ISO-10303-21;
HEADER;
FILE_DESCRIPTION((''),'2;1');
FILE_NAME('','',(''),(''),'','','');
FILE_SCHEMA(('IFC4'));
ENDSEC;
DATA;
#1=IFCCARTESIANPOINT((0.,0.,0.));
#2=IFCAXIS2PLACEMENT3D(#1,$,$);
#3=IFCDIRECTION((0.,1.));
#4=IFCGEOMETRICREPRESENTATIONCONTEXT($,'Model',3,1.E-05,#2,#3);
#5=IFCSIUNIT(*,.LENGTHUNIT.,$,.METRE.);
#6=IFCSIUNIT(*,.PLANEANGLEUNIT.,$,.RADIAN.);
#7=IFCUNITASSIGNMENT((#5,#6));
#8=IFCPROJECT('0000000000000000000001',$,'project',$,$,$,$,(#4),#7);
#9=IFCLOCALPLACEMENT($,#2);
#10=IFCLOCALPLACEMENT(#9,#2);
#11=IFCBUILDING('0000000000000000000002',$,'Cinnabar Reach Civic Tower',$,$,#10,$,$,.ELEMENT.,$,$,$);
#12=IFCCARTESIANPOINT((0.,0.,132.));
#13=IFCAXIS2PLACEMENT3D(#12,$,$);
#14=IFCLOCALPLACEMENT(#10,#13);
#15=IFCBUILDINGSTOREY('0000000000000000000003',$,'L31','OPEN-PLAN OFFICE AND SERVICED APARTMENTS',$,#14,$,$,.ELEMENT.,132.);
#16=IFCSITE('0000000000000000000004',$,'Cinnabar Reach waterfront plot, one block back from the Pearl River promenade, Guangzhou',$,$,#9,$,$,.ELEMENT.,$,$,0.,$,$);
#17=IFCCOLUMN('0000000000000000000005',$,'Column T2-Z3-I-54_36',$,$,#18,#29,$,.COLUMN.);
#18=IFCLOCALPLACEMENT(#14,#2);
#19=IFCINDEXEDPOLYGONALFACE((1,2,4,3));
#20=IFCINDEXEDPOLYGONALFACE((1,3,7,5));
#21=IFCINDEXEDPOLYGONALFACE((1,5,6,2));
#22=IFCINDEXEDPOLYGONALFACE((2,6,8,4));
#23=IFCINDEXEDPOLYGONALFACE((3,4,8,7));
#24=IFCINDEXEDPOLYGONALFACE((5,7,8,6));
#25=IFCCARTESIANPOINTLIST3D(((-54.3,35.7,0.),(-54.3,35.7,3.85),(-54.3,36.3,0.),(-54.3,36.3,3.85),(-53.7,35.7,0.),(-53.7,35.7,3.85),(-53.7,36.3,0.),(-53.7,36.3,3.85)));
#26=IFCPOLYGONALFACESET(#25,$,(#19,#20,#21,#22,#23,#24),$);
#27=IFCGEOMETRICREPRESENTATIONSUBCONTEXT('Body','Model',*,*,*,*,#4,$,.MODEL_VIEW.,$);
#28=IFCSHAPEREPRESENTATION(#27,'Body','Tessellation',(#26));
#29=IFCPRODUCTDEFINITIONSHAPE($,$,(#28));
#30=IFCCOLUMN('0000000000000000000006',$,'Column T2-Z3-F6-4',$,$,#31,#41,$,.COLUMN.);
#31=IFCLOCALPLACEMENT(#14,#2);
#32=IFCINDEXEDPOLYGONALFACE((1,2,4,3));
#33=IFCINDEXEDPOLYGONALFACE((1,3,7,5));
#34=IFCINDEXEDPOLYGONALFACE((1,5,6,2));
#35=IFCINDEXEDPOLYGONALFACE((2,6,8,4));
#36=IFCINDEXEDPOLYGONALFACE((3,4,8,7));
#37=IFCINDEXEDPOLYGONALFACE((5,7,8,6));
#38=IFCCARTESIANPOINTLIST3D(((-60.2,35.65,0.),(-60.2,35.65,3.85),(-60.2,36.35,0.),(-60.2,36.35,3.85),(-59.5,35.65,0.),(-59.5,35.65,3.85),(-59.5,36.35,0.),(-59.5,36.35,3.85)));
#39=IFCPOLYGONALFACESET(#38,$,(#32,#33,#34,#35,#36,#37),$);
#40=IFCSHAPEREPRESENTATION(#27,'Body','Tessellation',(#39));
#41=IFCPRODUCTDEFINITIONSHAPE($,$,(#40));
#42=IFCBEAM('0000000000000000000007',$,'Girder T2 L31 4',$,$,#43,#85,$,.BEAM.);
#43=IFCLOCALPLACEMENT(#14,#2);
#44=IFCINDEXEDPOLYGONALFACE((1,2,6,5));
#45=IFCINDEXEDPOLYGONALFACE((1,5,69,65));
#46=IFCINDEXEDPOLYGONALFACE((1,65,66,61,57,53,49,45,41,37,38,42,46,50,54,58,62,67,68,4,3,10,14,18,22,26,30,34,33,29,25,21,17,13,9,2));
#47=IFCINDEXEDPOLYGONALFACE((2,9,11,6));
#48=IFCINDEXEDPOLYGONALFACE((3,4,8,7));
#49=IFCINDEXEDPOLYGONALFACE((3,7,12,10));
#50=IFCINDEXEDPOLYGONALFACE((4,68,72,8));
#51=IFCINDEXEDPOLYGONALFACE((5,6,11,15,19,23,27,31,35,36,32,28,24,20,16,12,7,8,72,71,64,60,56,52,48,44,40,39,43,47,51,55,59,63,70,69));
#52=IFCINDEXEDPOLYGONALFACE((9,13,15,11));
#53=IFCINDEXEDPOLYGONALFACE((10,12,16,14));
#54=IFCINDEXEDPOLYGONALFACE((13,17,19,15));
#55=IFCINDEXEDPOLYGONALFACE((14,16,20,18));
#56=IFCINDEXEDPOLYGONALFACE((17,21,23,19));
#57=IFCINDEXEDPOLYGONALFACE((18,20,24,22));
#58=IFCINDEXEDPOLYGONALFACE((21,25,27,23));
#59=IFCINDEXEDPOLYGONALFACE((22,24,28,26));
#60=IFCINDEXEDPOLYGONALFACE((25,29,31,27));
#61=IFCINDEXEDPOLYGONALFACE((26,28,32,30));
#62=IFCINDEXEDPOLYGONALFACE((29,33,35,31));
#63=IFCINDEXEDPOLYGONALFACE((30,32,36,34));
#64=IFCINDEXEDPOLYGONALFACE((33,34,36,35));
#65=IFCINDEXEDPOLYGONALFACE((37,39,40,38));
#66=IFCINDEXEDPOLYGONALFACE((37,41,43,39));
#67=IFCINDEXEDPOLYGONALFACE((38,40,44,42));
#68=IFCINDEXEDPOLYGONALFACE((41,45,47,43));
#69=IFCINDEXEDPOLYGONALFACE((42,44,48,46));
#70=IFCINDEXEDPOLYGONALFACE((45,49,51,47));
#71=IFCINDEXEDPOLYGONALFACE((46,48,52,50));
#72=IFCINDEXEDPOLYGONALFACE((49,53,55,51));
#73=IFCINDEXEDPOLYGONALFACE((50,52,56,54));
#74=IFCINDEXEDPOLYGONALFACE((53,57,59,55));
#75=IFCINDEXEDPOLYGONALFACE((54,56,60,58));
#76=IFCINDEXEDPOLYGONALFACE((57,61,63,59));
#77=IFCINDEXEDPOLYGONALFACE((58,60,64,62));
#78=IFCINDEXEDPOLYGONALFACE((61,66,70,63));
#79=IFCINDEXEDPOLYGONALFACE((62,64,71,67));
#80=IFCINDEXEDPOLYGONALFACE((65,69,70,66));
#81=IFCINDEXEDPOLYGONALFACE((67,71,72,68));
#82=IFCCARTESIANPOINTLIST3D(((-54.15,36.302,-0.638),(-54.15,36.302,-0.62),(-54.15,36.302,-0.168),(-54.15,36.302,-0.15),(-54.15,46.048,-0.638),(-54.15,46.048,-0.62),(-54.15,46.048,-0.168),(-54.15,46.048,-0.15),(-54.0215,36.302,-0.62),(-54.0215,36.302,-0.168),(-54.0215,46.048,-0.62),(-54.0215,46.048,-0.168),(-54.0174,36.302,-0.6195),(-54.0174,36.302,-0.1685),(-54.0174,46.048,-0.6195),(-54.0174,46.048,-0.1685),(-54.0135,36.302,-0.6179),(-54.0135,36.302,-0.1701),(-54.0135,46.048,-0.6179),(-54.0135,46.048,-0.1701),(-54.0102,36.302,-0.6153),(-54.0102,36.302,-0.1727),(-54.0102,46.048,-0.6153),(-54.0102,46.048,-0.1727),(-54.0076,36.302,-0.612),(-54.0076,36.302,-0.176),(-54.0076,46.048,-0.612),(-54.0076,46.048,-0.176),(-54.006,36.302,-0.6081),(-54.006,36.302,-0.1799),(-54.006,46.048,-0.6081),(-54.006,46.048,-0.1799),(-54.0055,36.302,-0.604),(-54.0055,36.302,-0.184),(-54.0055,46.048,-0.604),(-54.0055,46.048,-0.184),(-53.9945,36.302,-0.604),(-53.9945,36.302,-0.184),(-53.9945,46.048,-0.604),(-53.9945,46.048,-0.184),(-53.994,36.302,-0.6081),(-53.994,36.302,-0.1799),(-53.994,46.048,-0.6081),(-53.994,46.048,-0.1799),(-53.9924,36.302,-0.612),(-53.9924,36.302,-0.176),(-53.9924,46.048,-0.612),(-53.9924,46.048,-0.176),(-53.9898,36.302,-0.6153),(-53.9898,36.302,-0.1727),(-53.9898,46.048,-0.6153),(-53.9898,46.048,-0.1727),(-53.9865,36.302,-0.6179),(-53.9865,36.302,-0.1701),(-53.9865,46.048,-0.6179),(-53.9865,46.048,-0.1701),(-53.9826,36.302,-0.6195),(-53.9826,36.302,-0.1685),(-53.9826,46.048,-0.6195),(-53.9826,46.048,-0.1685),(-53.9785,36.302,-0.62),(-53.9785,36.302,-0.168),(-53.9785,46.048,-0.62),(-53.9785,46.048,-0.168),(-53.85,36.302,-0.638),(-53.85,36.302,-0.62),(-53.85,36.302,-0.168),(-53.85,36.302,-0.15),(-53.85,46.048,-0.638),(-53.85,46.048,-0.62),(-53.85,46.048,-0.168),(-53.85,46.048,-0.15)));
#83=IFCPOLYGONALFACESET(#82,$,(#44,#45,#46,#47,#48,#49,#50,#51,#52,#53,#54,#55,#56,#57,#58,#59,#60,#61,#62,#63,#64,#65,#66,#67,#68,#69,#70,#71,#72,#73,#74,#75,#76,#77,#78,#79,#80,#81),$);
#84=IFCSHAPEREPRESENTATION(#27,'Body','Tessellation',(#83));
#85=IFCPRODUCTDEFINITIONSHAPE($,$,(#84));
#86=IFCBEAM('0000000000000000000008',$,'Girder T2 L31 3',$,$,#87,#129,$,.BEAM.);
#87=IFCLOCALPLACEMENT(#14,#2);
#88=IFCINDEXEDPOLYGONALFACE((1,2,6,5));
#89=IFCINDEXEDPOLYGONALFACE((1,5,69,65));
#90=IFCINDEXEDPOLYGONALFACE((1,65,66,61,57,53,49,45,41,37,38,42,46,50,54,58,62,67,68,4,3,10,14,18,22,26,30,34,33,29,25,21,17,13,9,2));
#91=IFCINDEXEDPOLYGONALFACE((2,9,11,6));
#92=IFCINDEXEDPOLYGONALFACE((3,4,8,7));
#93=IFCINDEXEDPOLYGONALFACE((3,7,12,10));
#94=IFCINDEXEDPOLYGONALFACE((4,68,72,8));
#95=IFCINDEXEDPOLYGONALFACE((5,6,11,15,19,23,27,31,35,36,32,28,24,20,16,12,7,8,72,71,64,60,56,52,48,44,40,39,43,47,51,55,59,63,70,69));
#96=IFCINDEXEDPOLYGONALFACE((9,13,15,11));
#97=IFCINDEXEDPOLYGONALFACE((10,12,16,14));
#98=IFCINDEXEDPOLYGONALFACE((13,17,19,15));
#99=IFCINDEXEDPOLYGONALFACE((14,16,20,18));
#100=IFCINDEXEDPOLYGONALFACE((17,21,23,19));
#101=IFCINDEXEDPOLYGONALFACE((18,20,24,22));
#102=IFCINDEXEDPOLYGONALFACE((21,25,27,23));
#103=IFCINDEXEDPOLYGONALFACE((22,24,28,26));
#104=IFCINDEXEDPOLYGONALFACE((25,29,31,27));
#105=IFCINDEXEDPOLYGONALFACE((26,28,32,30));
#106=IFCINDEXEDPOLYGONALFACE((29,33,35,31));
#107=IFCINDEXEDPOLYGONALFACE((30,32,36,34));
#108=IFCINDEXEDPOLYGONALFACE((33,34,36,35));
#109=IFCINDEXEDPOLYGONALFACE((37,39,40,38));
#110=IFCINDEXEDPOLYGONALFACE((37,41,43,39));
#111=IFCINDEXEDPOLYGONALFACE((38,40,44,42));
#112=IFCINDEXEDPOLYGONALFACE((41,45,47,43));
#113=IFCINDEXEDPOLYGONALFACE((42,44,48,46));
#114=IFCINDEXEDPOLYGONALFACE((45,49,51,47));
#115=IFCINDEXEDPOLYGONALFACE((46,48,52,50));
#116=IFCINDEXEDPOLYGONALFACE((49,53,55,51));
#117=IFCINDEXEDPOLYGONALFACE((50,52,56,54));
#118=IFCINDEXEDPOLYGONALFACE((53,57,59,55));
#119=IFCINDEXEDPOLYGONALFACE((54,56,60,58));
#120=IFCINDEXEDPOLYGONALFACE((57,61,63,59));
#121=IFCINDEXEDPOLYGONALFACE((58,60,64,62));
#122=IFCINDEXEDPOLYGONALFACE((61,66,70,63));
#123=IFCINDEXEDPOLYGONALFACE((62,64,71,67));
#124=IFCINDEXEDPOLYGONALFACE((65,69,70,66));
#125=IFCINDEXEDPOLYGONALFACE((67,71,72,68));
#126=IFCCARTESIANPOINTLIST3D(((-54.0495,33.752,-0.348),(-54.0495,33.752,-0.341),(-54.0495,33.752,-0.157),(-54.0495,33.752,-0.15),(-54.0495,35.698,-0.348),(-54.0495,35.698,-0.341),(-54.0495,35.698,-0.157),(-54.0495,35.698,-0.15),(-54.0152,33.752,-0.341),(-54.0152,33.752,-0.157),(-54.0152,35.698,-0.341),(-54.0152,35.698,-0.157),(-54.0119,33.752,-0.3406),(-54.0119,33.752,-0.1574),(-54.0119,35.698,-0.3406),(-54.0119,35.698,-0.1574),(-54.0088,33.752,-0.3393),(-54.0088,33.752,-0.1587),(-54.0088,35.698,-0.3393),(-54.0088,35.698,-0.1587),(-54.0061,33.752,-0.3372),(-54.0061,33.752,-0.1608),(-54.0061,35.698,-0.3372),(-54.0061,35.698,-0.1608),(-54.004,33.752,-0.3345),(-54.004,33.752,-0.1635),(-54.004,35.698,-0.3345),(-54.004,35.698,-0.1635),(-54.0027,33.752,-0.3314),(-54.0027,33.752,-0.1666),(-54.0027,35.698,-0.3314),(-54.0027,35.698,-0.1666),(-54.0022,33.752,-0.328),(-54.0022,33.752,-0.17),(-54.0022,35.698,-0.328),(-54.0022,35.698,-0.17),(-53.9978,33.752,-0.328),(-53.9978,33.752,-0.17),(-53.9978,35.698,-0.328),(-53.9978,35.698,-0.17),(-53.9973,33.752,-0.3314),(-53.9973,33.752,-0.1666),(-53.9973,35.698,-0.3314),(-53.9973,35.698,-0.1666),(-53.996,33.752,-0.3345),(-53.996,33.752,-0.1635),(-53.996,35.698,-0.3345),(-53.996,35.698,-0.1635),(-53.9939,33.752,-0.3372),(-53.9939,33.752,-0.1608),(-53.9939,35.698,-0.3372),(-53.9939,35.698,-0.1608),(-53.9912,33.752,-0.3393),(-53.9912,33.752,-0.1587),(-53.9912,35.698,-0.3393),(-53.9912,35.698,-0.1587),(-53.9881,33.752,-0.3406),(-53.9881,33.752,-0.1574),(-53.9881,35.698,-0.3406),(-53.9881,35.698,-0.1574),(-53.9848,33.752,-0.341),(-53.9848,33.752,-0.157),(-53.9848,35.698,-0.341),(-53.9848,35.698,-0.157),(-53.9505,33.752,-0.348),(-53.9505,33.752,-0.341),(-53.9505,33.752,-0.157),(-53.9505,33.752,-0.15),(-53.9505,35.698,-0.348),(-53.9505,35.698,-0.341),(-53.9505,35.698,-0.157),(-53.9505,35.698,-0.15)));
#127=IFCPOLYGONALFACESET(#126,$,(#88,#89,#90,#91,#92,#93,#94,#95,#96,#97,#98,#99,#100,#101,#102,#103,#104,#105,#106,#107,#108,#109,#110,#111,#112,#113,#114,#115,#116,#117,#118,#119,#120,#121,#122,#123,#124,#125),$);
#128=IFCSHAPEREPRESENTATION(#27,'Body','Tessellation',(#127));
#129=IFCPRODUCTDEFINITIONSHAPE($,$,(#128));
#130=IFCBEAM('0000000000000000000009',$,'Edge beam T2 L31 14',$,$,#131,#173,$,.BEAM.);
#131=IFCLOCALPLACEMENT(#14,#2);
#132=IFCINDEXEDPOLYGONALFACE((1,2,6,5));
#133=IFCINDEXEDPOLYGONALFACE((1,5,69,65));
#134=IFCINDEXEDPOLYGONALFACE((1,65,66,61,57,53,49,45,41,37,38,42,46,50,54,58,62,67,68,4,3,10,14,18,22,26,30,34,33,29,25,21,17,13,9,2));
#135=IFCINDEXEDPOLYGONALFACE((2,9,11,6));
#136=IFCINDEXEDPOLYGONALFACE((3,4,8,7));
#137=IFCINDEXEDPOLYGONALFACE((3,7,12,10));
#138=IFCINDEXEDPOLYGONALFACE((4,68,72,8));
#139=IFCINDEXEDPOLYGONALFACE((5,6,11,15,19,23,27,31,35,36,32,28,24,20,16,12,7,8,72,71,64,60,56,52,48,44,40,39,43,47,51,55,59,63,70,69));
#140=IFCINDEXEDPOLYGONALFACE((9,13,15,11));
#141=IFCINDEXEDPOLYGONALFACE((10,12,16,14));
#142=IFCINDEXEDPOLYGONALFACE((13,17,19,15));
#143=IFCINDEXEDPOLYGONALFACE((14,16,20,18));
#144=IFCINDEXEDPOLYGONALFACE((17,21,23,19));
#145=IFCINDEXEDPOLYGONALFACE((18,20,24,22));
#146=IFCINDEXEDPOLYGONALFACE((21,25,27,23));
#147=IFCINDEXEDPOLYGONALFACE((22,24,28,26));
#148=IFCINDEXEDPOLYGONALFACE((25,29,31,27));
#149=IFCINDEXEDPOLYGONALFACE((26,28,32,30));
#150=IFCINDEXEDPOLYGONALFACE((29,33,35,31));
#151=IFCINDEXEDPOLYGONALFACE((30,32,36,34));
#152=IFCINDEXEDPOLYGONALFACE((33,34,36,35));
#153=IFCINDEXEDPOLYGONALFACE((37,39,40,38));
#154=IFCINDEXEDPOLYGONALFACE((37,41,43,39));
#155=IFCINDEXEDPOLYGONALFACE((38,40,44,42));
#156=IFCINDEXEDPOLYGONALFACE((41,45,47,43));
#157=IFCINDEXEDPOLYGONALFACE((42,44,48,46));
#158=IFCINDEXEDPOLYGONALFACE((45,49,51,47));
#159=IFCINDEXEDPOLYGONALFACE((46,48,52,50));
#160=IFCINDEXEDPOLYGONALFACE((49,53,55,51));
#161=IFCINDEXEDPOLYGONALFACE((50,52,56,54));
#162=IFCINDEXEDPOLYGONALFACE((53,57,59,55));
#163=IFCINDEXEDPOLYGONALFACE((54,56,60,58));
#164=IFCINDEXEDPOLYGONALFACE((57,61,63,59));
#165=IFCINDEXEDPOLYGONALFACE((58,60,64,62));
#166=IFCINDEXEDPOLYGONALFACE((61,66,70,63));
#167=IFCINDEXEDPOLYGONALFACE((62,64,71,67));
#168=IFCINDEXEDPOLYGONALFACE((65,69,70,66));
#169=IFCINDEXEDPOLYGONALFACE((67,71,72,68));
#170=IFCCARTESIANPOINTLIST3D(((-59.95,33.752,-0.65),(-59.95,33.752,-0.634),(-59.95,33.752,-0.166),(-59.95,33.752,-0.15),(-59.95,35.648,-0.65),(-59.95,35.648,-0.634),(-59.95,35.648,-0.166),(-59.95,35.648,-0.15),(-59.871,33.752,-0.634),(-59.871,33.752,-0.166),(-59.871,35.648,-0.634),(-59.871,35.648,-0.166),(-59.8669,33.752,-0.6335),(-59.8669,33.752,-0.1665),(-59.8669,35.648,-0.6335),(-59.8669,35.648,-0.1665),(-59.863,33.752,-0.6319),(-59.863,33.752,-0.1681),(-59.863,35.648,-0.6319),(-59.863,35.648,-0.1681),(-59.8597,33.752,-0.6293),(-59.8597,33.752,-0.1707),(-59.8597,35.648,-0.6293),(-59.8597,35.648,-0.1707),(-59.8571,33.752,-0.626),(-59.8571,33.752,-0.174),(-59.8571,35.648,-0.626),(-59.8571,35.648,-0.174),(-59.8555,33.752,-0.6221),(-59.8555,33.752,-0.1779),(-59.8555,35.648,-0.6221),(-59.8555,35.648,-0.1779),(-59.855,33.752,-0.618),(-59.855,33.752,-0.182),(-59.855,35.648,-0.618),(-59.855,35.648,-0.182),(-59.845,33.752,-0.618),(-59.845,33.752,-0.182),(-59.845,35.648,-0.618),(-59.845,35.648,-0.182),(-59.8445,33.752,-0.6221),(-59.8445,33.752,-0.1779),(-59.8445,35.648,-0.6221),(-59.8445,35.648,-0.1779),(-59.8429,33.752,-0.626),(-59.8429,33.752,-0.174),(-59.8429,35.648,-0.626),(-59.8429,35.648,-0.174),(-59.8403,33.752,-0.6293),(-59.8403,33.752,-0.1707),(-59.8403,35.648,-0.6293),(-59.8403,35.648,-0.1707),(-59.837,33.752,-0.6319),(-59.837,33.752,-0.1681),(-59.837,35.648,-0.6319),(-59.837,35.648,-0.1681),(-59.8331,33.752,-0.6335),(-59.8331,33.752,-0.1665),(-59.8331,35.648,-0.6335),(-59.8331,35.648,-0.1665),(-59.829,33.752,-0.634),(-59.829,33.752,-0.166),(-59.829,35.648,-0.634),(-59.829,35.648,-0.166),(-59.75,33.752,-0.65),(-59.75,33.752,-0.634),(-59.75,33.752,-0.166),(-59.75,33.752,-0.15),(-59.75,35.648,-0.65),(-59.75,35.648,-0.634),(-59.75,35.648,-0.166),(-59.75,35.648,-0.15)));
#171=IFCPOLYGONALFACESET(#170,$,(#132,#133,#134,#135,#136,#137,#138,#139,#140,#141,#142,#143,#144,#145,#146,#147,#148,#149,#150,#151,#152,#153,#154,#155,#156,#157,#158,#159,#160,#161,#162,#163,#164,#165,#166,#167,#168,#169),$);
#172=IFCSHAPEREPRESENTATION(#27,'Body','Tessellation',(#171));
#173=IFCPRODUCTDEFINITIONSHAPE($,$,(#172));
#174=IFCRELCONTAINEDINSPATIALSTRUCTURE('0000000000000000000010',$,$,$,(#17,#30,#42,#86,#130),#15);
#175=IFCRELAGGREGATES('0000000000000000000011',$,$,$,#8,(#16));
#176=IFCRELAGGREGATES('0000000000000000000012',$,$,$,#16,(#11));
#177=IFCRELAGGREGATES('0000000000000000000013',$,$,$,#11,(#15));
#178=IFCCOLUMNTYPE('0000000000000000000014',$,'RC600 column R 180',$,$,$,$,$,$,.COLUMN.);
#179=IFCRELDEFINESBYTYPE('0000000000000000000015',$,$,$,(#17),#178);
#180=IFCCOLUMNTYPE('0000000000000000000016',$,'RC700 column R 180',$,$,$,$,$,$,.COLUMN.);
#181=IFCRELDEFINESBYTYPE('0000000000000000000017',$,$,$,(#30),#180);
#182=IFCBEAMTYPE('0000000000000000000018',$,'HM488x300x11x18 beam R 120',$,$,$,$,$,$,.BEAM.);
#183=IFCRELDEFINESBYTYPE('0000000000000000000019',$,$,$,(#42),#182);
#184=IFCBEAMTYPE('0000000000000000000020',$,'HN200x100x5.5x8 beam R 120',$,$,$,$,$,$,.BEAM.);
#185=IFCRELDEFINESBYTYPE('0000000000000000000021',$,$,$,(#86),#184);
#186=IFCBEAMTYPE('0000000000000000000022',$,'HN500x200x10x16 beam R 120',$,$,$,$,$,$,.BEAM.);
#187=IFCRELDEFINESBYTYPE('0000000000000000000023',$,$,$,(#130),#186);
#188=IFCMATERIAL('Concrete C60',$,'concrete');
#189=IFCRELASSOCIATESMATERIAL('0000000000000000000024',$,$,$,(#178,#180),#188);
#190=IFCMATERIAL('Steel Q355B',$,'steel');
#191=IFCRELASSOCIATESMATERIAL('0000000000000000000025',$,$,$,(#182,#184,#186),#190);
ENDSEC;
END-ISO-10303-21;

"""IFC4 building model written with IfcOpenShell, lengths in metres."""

from ifc_helpers import new_model, si_unit, direction, frame, origin, origin_2d, place, context, subcontext, project, spatial, rectangle, i_section, extrude, material, material_profile, profile_set, type_object, element, save


model = new_model("IFC4")

# Units and contexts
model_context = context("Model", 3, precision=1e-05, world=origin(), true_north=direction((0.0, 1.0)))
body_context = subcontext(model_context, "Body", "Model", "MODEL_VIEW")
ifc_project = project(units=[si_unit("LENGTHUNIT", "METRE"), si_unit("PLANEANGLEUNIT", "RADIAN")], contexts=[model_context])

# Site, building, storey
site_placement = place(None, origin())
site = spatial("IfcSite", under=ifc_project, at=site_placement, Name="Cinnabar Reach waterfront plot, one block back from the Pearl River promenade, Guangzhou", CompositionType="ELEMENT", RefElevation=0.0)
building_placement = place(site_placement, origin())
building = spatial("IfcBuilding", under=site, at=building_placement, Name="Cinnabar Reach Civic Tower", CompositionType="ELEMENT")
storey_placement = place(building_placement, frame((0.0, 0.0, 132.0)))
storey = spatial("IfcBuildingStorey", under=building, at=storey_placement, Name="L31", Description="OPEN-PLAN OFFICE AND SERVICED APARTMENTS", CompositionType="ELEMENT", Elevation=132.0)

# Columns
ifc_material_1 = material(Name="Concrete C60", Category="concrete")
ifc_material_profile_1 = material_profile(ifc_material_1, rectangle(XDim=0.6, YDim=0.6, at=origin_2d()), Name="RC600")
ifc_profile_set_1 = profile_set([ifc_material_profile_1], Name="Concrete C60")
column_type_1 = type_object("IfcColumnType", Name="RC600 column R 180", PredefinedType="COLUMN", material=ifc_profile_set_1)
column_1_placement = place(storey_placement, frame((-54.0, 36.0, 0.0), z_axis=(0.0, 0.0, 1.0), x_axis=(1.0, 0.0, 0.0)))
element("IfcColumn", 1, at=column_1_placement, inside=storey, type_object=column_type_1, Name="Column T2-Z3-I-54_36", PredefinedType="COLUMN", context=body_context, shape_type="SweptSolid", body=[
    extrude(rectangle(XDim=0.6, YDim=0.6, at=origin_2d()), origin(), (0.0, 0.0, 1.0), 3.85),
])
ifc_material_profile_2 = material_profile(ifc_material_1, rectangle(XDim=0.7, YDim=0.7, at=origin_2d()), Name="RC700")
ifc_profile_set_2 = profile_set([ifc_material_profile_2], Name="Concrete C60")
column_type_2 = type_object("IfcColumnType", Name="RC700 column R 180", PredefinedType="COLUMN", material=ifc_profile_set_2)
column_2_placement = place(storey_placement, frame((-59.85, 36.0, 0.0), z_axis=(0.0, 0.0, 1.0), x_axis=(1.0, 0.0, 0.0)))
element("IfcColumn", 2, at=column_2_placement, inside=storey, type_object=column_type_2, Name="Column T2-Z3-F6-4", PredefinedType="COLUMN", context=body_context, shape_type="SweptSolid", body=[
    extrude(rectangle(XDim=0.7, YDim=0.7, at=origin_2d()), origin(), (0.0, 0.0, 1.0), 3.85),
])

# Beams
ifc_material_2 = material(Name="Steel Q355B", Category="steel")
ifc_material_profile_3 = material_profile(ifc_material_2, i_section(OverallWidth=0.3, OverallDepth=0.488, WebThickness=0.011, FlangeThickness=0.018, FilletRadius=0.016, at=origin_2d()), Name="HM488x300x11x18")
ifc_profile_set_3 = profile_set([ifc_material_profile_3], Name="Steel Q355B")
beam_type_1 = type_object("IfcBeamType", Name="HM488x300x11x18 beam R 120", PredefinedType="BEAM", material=ifc_profile_set_3)
beam_1_placement = place(storey_placement, frame((-54.0, 36.302, -0.394), z_axis=(0.0, 1.0, 0.0), x_axis=(-1.0, 0.0, 0.0)))
element("IfcBeam", 3, at=beam_1_placement, inside=storey, type_object=beam_type_1, Name="Girder T2 L31 4", PredefinedType="BEAM", context=body_context, shape_type="SweptSolid", body=[
    extrude(i_section(OverallWidth=0.3, OverallDepth=0.488, WebThickness=0.011, FlangeThickness=0.018, FilletRadius=0.016, at=origin_2d()), origin(), (0.0, 0.0, 1.0), 9.746),
])
ifc_material_profile_4 = material_profile(ifc_material_2, i_section(OverallWidth=0.099, OverallDepth=0.198, WebThickness=0.0045, FlangeThickness=0.007, FilletRadius=0.013, at=origin_2d()), Name="HN200x100x5.5x8")
ifc_profile_set_4 = profile_set([ifc_material_profile_4], Name="Steel Q355B")
beam_type_2 = type_object("IfcBeamType", Name="HN200x100x5.5x8 beam R 120", PredefinedType="BEAM", material=ifc_profile_set_4)
beam_2_placement = place(storey_placement, frame((-54.0, 33.752, -0.249), z_axis=(0.0, 1.0, 0.0), x_axis=(-1.0, 0.0, 0.0)))
element("IfcBeam", 4, at=beam_2_placement, inside=storey, type_object=beam_type_2, Name="Girder T2 L31 3", PredefinedType="BEAM", context=body_context, shape_type="SweptSolid", body=[
    extrude(i_section(OverallWidth=0.099, OverallDepth=0.198, WebThickness=0.0045, FlangeThickness=0.007, FilletRadius=0.013, at=origin_2d()), origin(), (0.0, 0.0, 1.0), 1.946),
])
ifc_material_profile_5 = material_profile(ifc_material_2, i_section(OverallWidth=0.2, OverallDepth=0.5, WebThickness=0.01, FlangeThickness=0.016, FilletRadius=0.016, at=origin_2d()), Name="HN500x200x10x16")
ifc_profile_set_5 = profile_set([ifc_material_profile_5], Name="Steel Q355B")
beam_type_3 = type_object("IfcBeamType", Name="HN500x200x10x16 beam R 120", PredefinedType="BEAM", material=ifc_profile_set_5)
beam_3_placement = place(storey_placement, frame((-59.85, 35.648, -0.4), z_axis=(0.0, -1.0, 0.0), x_axis=(1.0, 0.0, 0.0)))
element("IfcBeam", 5, at=beam_3_placement, inside=storey, type_object=beam_type_3, Name="Edge beam T2 L31 14", PredefinedType="BEAM", context=body_context, shape_type="SweptSolid", body=[
    extrude(i_section(OverallWidth=0.2, OverallDepth=0.5, WebThickness=0.01, FlangeThickness=0.016, FilletRadius=0.016, at=origin_2d()), origin(), (0.0, 0.0, 1.0), 1.896),
])

save(model, "model.ifc")
